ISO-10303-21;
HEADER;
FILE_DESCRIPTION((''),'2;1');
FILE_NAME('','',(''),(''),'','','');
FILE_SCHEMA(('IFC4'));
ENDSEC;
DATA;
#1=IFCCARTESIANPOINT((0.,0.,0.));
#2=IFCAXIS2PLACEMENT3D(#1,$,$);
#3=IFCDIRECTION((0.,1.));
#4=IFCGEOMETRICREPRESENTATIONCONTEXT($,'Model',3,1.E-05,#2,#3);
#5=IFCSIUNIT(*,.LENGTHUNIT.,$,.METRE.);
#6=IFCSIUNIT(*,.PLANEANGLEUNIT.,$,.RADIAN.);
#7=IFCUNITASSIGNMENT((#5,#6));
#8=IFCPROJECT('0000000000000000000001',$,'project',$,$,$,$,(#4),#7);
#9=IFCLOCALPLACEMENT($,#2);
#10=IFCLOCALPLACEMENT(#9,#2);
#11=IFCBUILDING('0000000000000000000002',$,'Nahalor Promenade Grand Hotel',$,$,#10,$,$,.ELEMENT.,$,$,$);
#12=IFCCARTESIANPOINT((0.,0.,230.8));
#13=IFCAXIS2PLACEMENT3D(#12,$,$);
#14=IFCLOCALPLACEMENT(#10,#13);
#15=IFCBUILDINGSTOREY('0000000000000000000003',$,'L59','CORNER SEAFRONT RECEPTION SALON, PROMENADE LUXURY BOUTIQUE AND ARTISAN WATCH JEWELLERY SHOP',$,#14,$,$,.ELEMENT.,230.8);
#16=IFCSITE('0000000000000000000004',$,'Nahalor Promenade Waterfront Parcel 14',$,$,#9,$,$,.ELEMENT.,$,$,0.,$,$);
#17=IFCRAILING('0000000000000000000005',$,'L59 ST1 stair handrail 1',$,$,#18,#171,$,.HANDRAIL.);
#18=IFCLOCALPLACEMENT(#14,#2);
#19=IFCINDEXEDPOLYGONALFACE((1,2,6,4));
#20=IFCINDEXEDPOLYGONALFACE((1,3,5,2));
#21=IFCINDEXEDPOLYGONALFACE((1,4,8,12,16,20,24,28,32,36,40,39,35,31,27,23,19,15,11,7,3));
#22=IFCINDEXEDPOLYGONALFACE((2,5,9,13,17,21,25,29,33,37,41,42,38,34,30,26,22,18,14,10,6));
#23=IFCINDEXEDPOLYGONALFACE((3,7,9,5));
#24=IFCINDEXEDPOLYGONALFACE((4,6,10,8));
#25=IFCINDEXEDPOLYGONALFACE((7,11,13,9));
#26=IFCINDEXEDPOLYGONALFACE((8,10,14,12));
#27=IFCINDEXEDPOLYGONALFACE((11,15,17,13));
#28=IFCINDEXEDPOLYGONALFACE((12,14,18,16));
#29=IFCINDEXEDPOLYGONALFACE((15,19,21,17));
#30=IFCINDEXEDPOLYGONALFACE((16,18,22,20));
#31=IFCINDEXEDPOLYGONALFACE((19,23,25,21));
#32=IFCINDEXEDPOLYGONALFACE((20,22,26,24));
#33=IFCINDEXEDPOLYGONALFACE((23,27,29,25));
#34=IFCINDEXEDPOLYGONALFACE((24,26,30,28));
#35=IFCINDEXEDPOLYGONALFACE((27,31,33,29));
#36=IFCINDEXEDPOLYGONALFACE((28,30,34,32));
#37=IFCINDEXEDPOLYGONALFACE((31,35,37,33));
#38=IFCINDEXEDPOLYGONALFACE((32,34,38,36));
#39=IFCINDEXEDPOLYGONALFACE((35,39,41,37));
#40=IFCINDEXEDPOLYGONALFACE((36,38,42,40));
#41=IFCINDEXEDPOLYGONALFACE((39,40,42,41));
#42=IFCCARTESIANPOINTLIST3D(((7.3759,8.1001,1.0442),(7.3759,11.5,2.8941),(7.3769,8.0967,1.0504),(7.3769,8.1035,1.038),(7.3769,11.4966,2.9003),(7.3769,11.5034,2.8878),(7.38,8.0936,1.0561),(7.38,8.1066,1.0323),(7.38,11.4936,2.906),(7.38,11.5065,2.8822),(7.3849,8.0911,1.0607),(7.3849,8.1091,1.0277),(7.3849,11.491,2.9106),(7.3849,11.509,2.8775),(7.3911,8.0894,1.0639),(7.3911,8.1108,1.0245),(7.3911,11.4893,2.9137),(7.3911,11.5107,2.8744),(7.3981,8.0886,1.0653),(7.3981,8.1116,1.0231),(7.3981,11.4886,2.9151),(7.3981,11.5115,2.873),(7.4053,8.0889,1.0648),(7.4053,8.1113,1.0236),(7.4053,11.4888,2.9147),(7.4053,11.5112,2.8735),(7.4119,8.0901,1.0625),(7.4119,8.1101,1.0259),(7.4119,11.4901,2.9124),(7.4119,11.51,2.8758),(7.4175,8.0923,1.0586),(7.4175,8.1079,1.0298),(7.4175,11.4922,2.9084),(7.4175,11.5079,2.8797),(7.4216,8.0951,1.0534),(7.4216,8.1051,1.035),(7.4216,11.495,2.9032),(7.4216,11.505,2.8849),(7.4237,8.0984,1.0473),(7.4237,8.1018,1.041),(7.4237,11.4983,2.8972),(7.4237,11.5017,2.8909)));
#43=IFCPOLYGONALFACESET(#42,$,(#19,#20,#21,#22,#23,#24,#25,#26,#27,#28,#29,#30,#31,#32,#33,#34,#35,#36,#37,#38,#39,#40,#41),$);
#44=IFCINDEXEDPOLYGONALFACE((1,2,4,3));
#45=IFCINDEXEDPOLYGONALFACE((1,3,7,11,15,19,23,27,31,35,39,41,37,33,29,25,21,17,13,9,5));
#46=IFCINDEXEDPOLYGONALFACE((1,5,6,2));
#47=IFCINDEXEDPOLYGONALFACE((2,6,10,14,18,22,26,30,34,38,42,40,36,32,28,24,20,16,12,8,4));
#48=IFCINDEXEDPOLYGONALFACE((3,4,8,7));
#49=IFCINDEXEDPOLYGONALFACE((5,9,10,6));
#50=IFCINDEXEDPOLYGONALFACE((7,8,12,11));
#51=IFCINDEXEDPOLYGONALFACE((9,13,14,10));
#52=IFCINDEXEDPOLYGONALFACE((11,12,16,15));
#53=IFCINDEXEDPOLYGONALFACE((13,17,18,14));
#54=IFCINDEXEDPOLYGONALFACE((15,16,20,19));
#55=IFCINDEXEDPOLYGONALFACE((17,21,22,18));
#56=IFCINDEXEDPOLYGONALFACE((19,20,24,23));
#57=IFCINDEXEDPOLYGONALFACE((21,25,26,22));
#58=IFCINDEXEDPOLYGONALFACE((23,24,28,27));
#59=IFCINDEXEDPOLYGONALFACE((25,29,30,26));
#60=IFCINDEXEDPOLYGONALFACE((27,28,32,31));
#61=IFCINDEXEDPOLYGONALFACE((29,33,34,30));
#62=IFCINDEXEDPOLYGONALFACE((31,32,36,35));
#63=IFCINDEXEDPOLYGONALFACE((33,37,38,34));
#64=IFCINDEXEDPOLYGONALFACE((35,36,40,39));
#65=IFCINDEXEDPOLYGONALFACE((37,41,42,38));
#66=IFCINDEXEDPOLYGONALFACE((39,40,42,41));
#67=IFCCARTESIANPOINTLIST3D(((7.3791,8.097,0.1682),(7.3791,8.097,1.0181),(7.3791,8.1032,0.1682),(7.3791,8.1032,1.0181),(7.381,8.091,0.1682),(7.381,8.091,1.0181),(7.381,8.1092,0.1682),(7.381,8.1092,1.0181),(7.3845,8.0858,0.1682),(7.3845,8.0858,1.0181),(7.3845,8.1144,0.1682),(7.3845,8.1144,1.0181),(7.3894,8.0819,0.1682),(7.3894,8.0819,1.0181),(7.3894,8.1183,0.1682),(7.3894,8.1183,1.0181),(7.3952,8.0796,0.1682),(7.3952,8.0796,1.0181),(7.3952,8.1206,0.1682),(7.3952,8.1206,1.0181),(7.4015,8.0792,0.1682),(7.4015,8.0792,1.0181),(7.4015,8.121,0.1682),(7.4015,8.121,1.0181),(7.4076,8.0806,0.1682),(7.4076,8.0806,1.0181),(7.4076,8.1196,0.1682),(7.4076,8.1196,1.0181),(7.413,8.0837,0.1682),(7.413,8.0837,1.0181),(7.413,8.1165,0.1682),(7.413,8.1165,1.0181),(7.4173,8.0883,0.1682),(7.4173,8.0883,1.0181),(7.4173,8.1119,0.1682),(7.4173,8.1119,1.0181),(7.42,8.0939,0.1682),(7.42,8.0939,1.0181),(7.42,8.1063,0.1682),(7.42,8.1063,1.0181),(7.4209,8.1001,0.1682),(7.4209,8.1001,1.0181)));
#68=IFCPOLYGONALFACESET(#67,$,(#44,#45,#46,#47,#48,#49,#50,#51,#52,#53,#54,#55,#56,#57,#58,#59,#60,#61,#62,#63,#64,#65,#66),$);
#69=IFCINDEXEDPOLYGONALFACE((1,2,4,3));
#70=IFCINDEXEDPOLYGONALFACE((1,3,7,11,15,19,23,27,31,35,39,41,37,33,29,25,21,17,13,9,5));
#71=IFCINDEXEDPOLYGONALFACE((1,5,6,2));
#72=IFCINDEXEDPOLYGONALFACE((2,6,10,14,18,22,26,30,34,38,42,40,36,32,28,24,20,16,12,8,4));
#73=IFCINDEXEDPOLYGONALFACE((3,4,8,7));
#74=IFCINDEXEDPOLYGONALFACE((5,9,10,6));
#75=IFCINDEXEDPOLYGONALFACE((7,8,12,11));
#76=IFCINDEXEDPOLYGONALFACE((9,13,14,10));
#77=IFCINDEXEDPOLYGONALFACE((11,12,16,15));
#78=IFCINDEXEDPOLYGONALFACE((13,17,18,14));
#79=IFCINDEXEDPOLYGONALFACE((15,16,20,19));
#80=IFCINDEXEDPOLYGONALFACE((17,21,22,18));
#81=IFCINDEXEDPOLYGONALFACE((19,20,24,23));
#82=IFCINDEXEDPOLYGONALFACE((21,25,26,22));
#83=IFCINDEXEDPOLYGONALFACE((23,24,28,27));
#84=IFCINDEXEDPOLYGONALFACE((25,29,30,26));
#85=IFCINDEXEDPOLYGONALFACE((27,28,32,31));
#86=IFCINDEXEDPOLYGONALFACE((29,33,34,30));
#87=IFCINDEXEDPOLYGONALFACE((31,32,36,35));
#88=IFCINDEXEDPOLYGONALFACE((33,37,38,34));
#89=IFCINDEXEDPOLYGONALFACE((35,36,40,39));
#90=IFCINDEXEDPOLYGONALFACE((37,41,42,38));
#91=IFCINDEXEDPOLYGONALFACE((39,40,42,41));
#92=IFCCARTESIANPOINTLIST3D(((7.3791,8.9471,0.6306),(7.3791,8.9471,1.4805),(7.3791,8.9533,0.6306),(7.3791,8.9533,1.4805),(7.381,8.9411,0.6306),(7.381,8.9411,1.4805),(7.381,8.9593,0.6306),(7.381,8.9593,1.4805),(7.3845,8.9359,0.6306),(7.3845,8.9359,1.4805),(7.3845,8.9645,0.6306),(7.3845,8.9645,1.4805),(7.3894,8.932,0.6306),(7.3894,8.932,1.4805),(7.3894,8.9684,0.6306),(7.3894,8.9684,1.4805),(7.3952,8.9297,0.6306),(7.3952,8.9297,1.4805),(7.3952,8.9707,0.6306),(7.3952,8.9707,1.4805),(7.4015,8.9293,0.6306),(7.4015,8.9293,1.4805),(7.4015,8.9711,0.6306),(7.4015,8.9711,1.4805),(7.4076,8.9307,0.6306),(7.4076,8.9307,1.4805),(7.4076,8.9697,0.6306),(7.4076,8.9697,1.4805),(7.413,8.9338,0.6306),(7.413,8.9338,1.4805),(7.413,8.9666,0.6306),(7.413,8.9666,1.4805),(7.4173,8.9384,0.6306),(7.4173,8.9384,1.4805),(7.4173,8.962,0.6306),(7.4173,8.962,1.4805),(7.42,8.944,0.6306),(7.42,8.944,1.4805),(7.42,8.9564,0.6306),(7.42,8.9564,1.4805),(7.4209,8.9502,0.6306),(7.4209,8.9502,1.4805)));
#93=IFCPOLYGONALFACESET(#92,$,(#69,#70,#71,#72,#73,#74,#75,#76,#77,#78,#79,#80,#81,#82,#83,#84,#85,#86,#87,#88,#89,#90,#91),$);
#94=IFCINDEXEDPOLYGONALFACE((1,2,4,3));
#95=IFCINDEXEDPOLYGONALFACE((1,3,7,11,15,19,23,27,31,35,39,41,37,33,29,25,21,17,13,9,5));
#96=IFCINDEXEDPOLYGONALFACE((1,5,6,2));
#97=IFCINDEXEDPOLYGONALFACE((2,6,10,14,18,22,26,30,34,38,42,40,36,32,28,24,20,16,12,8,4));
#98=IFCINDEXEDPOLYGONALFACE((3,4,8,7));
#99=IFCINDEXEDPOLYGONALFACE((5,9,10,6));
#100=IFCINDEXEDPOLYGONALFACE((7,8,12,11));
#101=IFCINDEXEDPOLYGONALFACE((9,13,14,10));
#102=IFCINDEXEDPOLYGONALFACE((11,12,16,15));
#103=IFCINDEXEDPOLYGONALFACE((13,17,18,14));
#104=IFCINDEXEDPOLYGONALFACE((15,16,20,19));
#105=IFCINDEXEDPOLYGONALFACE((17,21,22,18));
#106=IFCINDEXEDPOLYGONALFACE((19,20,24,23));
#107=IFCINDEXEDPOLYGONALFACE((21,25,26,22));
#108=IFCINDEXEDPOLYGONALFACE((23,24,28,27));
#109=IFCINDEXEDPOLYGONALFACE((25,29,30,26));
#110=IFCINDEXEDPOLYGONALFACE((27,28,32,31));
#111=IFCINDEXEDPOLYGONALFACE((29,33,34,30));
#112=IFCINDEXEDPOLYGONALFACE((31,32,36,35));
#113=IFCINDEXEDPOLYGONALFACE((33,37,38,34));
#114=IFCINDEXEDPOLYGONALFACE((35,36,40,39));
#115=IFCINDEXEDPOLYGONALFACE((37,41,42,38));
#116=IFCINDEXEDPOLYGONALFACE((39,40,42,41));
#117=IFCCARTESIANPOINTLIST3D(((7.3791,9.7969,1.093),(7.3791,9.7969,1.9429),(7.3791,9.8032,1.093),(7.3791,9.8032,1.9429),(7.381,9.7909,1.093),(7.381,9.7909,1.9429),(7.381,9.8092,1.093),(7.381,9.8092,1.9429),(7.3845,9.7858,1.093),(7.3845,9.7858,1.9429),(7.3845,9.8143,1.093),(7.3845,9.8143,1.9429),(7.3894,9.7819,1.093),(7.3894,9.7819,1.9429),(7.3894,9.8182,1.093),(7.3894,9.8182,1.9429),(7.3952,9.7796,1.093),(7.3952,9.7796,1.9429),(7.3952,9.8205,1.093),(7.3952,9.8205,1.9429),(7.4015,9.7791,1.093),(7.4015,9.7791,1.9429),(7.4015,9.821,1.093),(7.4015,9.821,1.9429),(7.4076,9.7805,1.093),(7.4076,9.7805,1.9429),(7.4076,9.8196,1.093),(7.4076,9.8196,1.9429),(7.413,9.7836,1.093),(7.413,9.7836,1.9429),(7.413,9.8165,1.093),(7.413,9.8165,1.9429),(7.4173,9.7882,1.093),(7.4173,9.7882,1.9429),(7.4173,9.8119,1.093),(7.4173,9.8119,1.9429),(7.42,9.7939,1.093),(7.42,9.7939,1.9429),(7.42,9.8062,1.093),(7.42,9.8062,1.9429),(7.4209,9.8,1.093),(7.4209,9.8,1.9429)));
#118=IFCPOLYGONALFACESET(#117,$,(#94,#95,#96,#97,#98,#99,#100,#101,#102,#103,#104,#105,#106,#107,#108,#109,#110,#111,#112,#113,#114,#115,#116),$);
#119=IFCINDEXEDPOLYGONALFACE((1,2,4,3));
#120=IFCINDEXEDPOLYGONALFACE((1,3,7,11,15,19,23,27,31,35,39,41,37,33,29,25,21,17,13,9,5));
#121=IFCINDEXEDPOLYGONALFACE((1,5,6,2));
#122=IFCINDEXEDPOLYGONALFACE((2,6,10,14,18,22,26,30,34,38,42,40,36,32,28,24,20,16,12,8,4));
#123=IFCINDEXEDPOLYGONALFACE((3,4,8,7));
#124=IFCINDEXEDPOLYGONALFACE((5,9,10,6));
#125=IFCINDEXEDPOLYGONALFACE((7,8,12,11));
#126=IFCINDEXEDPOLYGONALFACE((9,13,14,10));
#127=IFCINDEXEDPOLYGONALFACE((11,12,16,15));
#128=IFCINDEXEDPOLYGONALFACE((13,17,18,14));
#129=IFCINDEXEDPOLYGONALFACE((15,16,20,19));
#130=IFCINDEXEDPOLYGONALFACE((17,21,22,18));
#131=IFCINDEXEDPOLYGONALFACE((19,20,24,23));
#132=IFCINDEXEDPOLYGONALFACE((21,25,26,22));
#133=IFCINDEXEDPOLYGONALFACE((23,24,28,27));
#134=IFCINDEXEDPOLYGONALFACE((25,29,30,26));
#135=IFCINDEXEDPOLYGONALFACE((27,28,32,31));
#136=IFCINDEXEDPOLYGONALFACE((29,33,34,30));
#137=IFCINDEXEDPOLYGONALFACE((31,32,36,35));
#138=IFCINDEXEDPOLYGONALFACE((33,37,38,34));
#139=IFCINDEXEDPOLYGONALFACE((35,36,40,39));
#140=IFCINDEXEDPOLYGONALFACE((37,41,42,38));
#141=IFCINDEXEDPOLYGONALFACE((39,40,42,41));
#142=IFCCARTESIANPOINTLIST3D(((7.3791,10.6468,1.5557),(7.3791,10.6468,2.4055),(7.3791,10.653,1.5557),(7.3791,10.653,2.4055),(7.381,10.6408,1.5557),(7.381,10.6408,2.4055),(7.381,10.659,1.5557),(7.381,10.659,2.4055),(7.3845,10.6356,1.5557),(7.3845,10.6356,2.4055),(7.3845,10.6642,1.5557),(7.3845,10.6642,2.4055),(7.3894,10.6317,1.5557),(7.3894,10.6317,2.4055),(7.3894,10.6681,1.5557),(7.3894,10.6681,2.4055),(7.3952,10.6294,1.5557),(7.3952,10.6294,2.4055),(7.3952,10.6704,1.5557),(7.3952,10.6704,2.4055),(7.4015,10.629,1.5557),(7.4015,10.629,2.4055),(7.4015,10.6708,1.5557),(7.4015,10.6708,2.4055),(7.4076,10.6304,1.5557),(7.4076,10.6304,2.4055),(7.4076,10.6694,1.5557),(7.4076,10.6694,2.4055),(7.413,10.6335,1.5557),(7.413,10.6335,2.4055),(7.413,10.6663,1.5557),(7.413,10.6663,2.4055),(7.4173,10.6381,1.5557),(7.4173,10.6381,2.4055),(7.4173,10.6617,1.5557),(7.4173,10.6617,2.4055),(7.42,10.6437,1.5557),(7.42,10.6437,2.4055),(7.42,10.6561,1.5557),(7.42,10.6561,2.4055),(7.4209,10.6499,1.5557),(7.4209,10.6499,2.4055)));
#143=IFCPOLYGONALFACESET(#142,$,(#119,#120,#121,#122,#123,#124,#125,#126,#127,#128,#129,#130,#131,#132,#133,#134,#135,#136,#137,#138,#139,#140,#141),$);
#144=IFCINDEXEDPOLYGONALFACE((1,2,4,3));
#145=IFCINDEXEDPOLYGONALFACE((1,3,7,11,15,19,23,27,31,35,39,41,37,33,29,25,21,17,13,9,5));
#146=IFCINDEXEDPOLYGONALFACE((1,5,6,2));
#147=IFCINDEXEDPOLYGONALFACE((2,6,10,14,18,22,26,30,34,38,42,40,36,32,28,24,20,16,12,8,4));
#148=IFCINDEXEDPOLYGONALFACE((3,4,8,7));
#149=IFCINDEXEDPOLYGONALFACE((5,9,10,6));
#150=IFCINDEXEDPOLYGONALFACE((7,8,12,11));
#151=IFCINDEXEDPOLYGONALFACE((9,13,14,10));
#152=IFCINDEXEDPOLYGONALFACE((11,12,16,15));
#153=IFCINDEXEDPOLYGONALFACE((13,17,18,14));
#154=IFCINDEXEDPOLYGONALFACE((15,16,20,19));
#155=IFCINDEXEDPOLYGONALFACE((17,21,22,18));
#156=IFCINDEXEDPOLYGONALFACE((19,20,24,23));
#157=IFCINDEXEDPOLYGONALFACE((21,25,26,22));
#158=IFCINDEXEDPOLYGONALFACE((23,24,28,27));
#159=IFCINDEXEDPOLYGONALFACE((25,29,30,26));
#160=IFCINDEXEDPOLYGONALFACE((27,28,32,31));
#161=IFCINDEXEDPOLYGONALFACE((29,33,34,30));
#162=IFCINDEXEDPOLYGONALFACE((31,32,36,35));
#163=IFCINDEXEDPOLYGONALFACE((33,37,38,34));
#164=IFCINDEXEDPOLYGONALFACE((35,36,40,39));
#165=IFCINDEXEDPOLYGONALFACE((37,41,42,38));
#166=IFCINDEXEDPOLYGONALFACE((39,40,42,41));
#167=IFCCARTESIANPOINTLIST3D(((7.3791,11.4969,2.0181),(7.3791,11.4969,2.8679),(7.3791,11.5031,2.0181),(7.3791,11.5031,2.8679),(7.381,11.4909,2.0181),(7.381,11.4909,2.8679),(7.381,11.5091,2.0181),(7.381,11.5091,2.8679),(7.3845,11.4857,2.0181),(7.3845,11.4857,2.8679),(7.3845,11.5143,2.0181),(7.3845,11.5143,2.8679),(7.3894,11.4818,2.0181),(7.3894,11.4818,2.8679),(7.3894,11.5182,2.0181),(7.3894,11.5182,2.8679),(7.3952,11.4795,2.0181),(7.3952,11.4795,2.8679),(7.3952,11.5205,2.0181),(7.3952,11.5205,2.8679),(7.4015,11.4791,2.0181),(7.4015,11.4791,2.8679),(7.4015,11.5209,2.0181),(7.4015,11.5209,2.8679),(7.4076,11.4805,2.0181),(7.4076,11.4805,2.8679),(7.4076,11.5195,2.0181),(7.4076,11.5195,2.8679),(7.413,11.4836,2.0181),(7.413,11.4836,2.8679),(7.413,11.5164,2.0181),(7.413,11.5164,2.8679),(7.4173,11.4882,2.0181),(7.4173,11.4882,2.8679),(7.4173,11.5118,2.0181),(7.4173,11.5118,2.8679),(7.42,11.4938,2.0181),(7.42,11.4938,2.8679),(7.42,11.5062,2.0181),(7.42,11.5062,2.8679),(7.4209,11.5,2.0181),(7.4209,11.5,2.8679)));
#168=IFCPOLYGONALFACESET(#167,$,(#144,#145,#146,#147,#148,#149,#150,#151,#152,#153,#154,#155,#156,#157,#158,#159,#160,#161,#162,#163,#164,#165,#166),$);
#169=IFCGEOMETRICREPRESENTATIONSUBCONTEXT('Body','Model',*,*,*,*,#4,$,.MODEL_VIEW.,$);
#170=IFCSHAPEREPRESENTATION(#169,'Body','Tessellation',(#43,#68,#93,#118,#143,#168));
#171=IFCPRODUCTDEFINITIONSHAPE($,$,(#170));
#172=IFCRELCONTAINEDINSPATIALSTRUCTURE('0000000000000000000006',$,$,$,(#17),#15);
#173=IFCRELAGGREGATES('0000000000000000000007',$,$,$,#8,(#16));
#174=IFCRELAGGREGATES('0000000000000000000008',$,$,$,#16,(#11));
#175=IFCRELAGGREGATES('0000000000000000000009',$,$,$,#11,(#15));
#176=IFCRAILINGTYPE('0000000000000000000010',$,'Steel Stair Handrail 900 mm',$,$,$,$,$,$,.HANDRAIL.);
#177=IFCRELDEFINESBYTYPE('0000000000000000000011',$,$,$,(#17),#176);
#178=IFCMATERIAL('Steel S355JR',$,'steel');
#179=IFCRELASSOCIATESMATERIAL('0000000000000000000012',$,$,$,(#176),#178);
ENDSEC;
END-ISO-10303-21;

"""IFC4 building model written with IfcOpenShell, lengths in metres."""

from ifc_helpers import new_model, si_unit, direction, frame, origin, origin_2d, place, context, subcontext, project, spatial, circle, extrude, material, type_object, element, save


model = new_model("IFC4")

# Units and contexts
model_context = context("Model", 3, precision=1e-05, world=origin(), true_north=direction((0.0, 1.0)))
body_context = subcontext(model_context, "Body", "Model", "MODEL_VIEW")
ifc_project = project(units=[si_unit("LENGTHUNIT", "METRE"), si_unit("PLANEANGLEUNIT", "RADIAN")], contexts=[model_context])

# Site, building, storey
site_placement = place(None, origin())
site = spatial("IfcSite", under=ifc_project, at=site_placement, Name="Nahalor Promenade Waterfront Parcel 14", CompositionType="ELEMENT", RefElevation=0.0)
building_placement = place(site_placement, origin())
building = spatial("IfcBuilding", under=site, at=building_placement, Name="Nahalor Promenade Grand Hotel", CompositionType="ELEMENT")
storey_placement = place(building_placement, frame((0.0, 0.0, 230.8)))
storey = spatial("IfcBuildingStorey", under=building, at=storey_placement, Name="L59", Description="CORNER SEAFRONT RECEPTION SALON, PROMENADE LUXURY BOUTIQUE AND ARTISAN WATCH JEWELLERY SHOP", CompositionType="ELEMENT", Elevation=230.8)

# Shared definitions
ifc_material_1 = material(Name="Steel S355JR", Category="steel")

# Railing
railing_type_1 = type_object("IfcRailingType", Name="Steel Stair Handrail 900 mm", PredefinedType="HANDRAIL", material=ifc_material_1)
railing_1_placement = place(storey_placement, frame((7.3999, 8.1001, 0.1682)))
element("IfcRailing", 1, at=railing_1_placement, inside=storey, type_object=railing_type_1, Name="L59 ST1 stair handrail 1", PredefinedType="HANDRAIL", context=body_context, shape_type="SweptSolid", body=[
    extrude(circle(Radius=0.024, at=origin_2d()), frame((0.0, 0.0, 0.876), z_axis=(0.0, 0.878399, 0.477928), x_axis=(-1.0, 0.0, 0.0)), (0.0, 0.0, 1.0), 3.8706),
    extrude(circle(Radius=0.021, at=origin_2d()), origin(), (0.0, 0.0, 1.0), 0.8499),
    extrude(circle(Radius=0.021, at=origin_2d()), frame((0.0, 0.8501, 0.4624)), (0.0, 0.0, 1.0), 0.8499),
    extrude(circle(Radius=0.021, at=origin_2d()), frame((0.0, 1.7, 0.9248)), (0.0, 0.0, 1.0), 0.8499),
    extrude(circle(Radius=0.021, at=origin_2d()), frame((0.0, 2.5498, 1.3875)), (0.0, 0.0, 1.0), 0.8499),
    extrude(circle(Radius=0.021, at=origin_2d()), frame((0.0, 3.3999, 1.8499)), (0.0, 0.0, 1.0), 0.8499),
])

save(model, "model.ifc")
